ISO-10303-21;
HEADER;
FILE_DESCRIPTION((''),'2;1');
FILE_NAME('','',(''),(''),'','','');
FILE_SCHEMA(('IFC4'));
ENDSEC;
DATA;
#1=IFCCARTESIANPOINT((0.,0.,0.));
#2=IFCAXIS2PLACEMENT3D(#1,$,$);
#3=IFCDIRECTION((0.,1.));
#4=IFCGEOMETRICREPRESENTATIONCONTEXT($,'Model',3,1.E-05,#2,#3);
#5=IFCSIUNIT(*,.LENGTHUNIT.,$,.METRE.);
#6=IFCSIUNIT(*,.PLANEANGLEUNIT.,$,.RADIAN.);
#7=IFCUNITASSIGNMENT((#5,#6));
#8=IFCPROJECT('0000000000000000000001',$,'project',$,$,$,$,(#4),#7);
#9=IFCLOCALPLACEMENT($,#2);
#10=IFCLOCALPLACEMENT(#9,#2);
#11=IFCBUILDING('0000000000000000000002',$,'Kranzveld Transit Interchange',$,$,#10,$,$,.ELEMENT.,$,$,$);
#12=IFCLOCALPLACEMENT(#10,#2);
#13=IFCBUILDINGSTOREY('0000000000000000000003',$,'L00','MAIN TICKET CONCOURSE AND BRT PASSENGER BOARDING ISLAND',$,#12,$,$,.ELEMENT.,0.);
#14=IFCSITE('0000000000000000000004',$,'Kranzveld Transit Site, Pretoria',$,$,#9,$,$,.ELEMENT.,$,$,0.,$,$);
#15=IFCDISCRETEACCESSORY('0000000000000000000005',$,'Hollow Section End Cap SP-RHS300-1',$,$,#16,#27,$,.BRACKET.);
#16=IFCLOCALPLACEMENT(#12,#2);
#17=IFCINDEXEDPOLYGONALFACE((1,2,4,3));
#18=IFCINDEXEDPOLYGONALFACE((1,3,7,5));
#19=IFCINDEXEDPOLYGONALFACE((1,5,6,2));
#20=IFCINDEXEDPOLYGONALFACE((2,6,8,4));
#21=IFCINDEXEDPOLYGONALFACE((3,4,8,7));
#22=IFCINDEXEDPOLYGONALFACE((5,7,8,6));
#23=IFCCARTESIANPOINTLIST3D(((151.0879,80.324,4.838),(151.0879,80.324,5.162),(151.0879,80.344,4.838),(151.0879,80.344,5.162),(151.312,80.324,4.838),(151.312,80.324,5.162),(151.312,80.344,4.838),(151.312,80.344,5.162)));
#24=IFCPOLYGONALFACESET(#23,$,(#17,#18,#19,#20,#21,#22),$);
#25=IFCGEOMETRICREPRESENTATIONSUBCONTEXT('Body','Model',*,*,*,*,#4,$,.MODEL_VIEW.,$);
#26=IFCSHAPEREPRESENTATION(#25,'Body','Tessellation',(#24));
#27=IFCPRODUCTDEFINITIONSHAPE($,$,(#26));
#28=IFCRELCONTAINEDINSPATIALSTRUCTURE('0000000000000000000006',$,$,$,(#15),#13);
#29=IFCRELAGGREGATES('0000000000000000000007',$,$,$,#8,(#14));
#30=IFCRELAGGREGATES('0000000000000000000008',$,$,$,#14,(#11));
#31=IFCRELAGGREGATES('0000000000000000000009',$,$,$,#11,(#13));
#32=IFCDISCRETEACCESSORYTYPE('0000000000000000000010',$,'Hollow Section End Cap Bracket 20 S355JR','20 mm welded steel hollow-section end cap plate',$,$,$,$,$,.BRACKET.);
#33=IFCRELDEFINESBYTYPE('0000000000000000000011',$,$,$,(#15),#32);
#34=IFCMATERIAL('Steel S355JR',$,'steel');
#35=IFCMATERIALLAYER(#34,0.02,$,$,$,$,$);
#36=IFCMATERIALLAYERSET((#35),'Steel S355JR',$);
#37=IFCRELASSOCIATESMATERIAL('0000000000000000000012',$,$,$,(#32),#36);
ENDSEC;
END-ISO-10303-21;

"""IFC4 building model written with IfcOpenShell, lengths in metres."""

from ifc_helpers import new_model, si_unit, direction, frame, origin, origin_2d, place, context, subcontext, project, spatial, rectangle, extrude, material, layer, layer_set, type_object, element, save


model = new_model("IFC4")

# Units and contexts
model_context = context("Model", 3, precision=1e-05, world=origin(), true_north=direction((0.0, 1.0)))
body_context = subcontext(model_context, "Body", "Model", "MODEL_VIEW")
ifc_project = project(units=[si_unit("LENGTHUNIT", "METRE"), si_unit("PLANEANGLEUNIT", "RADIAN")], contexts=[model_context])

# Site, building, storey
site_placement = place(None, origin())
site = spatial("IfcSite", under=ifc_project, at=site_placement, Name="Kranzveld Transit Site, Pretoria", CompositionType="ELEMENT", RefElevation=0.0)
building_placement = place(site_placement, origin())
building = spatial("IfcBuilding", under=site, at=building_placement, Name="Kranzveld Transit Interchange", CompositionType="ELEMENT")
storey_placement = place(building_placement, origin())
storey = spatial("IfcBuildingStorey", under=building, at=storey_placement, Name="L00", Description="MAIN TICKET CONCOURSE AND BRT PASSENGER BOARDING ISLAND", CompositionType="ELEMENT", Elevation=0.0)

# Discrete accessory
ifc_material_1 = material(Name="Steel S355JR", Category="steel")
ifc_layer_1 = layer(ifc_material_1, 0.02)
ifc_layer_set_1 = layer_set([ifc_layer_1], Name="Steel S355JR")
discrete_accessory_type = type_object("IfcDiscreteAccessoryType", Name="Hollow Section End Cap Bracket 20 S355JR", Description="20 mm welded steel hollow-section end cap plate", PredefinedType="BRACKET", material=ifc_layer_set_1)
discrete_accessory_placement = place(storey_placement, frame((151.2, 80.344, 5.0), z_axis=(0.0, -1.0, 0.0), x_axis=(1.0, 0.0, 0.0)))
element("IfcDiscreteAccessory", 1, at=discrete_accessory_placement, inside=storey, type_object=discrete_accessory_type, Name="Hollow Section End Cap SP-RHS300-1", PredefinedType="BRACKET", context=body_context, shape_type="SweptSolid", body=[
    extrude(rectangle(XDim=0.2241, YDim=0.324, at=origin_2d()), origin(), (0.0, 0.0, 1.0), 0.02),
])

save(model, "model.ifc")
